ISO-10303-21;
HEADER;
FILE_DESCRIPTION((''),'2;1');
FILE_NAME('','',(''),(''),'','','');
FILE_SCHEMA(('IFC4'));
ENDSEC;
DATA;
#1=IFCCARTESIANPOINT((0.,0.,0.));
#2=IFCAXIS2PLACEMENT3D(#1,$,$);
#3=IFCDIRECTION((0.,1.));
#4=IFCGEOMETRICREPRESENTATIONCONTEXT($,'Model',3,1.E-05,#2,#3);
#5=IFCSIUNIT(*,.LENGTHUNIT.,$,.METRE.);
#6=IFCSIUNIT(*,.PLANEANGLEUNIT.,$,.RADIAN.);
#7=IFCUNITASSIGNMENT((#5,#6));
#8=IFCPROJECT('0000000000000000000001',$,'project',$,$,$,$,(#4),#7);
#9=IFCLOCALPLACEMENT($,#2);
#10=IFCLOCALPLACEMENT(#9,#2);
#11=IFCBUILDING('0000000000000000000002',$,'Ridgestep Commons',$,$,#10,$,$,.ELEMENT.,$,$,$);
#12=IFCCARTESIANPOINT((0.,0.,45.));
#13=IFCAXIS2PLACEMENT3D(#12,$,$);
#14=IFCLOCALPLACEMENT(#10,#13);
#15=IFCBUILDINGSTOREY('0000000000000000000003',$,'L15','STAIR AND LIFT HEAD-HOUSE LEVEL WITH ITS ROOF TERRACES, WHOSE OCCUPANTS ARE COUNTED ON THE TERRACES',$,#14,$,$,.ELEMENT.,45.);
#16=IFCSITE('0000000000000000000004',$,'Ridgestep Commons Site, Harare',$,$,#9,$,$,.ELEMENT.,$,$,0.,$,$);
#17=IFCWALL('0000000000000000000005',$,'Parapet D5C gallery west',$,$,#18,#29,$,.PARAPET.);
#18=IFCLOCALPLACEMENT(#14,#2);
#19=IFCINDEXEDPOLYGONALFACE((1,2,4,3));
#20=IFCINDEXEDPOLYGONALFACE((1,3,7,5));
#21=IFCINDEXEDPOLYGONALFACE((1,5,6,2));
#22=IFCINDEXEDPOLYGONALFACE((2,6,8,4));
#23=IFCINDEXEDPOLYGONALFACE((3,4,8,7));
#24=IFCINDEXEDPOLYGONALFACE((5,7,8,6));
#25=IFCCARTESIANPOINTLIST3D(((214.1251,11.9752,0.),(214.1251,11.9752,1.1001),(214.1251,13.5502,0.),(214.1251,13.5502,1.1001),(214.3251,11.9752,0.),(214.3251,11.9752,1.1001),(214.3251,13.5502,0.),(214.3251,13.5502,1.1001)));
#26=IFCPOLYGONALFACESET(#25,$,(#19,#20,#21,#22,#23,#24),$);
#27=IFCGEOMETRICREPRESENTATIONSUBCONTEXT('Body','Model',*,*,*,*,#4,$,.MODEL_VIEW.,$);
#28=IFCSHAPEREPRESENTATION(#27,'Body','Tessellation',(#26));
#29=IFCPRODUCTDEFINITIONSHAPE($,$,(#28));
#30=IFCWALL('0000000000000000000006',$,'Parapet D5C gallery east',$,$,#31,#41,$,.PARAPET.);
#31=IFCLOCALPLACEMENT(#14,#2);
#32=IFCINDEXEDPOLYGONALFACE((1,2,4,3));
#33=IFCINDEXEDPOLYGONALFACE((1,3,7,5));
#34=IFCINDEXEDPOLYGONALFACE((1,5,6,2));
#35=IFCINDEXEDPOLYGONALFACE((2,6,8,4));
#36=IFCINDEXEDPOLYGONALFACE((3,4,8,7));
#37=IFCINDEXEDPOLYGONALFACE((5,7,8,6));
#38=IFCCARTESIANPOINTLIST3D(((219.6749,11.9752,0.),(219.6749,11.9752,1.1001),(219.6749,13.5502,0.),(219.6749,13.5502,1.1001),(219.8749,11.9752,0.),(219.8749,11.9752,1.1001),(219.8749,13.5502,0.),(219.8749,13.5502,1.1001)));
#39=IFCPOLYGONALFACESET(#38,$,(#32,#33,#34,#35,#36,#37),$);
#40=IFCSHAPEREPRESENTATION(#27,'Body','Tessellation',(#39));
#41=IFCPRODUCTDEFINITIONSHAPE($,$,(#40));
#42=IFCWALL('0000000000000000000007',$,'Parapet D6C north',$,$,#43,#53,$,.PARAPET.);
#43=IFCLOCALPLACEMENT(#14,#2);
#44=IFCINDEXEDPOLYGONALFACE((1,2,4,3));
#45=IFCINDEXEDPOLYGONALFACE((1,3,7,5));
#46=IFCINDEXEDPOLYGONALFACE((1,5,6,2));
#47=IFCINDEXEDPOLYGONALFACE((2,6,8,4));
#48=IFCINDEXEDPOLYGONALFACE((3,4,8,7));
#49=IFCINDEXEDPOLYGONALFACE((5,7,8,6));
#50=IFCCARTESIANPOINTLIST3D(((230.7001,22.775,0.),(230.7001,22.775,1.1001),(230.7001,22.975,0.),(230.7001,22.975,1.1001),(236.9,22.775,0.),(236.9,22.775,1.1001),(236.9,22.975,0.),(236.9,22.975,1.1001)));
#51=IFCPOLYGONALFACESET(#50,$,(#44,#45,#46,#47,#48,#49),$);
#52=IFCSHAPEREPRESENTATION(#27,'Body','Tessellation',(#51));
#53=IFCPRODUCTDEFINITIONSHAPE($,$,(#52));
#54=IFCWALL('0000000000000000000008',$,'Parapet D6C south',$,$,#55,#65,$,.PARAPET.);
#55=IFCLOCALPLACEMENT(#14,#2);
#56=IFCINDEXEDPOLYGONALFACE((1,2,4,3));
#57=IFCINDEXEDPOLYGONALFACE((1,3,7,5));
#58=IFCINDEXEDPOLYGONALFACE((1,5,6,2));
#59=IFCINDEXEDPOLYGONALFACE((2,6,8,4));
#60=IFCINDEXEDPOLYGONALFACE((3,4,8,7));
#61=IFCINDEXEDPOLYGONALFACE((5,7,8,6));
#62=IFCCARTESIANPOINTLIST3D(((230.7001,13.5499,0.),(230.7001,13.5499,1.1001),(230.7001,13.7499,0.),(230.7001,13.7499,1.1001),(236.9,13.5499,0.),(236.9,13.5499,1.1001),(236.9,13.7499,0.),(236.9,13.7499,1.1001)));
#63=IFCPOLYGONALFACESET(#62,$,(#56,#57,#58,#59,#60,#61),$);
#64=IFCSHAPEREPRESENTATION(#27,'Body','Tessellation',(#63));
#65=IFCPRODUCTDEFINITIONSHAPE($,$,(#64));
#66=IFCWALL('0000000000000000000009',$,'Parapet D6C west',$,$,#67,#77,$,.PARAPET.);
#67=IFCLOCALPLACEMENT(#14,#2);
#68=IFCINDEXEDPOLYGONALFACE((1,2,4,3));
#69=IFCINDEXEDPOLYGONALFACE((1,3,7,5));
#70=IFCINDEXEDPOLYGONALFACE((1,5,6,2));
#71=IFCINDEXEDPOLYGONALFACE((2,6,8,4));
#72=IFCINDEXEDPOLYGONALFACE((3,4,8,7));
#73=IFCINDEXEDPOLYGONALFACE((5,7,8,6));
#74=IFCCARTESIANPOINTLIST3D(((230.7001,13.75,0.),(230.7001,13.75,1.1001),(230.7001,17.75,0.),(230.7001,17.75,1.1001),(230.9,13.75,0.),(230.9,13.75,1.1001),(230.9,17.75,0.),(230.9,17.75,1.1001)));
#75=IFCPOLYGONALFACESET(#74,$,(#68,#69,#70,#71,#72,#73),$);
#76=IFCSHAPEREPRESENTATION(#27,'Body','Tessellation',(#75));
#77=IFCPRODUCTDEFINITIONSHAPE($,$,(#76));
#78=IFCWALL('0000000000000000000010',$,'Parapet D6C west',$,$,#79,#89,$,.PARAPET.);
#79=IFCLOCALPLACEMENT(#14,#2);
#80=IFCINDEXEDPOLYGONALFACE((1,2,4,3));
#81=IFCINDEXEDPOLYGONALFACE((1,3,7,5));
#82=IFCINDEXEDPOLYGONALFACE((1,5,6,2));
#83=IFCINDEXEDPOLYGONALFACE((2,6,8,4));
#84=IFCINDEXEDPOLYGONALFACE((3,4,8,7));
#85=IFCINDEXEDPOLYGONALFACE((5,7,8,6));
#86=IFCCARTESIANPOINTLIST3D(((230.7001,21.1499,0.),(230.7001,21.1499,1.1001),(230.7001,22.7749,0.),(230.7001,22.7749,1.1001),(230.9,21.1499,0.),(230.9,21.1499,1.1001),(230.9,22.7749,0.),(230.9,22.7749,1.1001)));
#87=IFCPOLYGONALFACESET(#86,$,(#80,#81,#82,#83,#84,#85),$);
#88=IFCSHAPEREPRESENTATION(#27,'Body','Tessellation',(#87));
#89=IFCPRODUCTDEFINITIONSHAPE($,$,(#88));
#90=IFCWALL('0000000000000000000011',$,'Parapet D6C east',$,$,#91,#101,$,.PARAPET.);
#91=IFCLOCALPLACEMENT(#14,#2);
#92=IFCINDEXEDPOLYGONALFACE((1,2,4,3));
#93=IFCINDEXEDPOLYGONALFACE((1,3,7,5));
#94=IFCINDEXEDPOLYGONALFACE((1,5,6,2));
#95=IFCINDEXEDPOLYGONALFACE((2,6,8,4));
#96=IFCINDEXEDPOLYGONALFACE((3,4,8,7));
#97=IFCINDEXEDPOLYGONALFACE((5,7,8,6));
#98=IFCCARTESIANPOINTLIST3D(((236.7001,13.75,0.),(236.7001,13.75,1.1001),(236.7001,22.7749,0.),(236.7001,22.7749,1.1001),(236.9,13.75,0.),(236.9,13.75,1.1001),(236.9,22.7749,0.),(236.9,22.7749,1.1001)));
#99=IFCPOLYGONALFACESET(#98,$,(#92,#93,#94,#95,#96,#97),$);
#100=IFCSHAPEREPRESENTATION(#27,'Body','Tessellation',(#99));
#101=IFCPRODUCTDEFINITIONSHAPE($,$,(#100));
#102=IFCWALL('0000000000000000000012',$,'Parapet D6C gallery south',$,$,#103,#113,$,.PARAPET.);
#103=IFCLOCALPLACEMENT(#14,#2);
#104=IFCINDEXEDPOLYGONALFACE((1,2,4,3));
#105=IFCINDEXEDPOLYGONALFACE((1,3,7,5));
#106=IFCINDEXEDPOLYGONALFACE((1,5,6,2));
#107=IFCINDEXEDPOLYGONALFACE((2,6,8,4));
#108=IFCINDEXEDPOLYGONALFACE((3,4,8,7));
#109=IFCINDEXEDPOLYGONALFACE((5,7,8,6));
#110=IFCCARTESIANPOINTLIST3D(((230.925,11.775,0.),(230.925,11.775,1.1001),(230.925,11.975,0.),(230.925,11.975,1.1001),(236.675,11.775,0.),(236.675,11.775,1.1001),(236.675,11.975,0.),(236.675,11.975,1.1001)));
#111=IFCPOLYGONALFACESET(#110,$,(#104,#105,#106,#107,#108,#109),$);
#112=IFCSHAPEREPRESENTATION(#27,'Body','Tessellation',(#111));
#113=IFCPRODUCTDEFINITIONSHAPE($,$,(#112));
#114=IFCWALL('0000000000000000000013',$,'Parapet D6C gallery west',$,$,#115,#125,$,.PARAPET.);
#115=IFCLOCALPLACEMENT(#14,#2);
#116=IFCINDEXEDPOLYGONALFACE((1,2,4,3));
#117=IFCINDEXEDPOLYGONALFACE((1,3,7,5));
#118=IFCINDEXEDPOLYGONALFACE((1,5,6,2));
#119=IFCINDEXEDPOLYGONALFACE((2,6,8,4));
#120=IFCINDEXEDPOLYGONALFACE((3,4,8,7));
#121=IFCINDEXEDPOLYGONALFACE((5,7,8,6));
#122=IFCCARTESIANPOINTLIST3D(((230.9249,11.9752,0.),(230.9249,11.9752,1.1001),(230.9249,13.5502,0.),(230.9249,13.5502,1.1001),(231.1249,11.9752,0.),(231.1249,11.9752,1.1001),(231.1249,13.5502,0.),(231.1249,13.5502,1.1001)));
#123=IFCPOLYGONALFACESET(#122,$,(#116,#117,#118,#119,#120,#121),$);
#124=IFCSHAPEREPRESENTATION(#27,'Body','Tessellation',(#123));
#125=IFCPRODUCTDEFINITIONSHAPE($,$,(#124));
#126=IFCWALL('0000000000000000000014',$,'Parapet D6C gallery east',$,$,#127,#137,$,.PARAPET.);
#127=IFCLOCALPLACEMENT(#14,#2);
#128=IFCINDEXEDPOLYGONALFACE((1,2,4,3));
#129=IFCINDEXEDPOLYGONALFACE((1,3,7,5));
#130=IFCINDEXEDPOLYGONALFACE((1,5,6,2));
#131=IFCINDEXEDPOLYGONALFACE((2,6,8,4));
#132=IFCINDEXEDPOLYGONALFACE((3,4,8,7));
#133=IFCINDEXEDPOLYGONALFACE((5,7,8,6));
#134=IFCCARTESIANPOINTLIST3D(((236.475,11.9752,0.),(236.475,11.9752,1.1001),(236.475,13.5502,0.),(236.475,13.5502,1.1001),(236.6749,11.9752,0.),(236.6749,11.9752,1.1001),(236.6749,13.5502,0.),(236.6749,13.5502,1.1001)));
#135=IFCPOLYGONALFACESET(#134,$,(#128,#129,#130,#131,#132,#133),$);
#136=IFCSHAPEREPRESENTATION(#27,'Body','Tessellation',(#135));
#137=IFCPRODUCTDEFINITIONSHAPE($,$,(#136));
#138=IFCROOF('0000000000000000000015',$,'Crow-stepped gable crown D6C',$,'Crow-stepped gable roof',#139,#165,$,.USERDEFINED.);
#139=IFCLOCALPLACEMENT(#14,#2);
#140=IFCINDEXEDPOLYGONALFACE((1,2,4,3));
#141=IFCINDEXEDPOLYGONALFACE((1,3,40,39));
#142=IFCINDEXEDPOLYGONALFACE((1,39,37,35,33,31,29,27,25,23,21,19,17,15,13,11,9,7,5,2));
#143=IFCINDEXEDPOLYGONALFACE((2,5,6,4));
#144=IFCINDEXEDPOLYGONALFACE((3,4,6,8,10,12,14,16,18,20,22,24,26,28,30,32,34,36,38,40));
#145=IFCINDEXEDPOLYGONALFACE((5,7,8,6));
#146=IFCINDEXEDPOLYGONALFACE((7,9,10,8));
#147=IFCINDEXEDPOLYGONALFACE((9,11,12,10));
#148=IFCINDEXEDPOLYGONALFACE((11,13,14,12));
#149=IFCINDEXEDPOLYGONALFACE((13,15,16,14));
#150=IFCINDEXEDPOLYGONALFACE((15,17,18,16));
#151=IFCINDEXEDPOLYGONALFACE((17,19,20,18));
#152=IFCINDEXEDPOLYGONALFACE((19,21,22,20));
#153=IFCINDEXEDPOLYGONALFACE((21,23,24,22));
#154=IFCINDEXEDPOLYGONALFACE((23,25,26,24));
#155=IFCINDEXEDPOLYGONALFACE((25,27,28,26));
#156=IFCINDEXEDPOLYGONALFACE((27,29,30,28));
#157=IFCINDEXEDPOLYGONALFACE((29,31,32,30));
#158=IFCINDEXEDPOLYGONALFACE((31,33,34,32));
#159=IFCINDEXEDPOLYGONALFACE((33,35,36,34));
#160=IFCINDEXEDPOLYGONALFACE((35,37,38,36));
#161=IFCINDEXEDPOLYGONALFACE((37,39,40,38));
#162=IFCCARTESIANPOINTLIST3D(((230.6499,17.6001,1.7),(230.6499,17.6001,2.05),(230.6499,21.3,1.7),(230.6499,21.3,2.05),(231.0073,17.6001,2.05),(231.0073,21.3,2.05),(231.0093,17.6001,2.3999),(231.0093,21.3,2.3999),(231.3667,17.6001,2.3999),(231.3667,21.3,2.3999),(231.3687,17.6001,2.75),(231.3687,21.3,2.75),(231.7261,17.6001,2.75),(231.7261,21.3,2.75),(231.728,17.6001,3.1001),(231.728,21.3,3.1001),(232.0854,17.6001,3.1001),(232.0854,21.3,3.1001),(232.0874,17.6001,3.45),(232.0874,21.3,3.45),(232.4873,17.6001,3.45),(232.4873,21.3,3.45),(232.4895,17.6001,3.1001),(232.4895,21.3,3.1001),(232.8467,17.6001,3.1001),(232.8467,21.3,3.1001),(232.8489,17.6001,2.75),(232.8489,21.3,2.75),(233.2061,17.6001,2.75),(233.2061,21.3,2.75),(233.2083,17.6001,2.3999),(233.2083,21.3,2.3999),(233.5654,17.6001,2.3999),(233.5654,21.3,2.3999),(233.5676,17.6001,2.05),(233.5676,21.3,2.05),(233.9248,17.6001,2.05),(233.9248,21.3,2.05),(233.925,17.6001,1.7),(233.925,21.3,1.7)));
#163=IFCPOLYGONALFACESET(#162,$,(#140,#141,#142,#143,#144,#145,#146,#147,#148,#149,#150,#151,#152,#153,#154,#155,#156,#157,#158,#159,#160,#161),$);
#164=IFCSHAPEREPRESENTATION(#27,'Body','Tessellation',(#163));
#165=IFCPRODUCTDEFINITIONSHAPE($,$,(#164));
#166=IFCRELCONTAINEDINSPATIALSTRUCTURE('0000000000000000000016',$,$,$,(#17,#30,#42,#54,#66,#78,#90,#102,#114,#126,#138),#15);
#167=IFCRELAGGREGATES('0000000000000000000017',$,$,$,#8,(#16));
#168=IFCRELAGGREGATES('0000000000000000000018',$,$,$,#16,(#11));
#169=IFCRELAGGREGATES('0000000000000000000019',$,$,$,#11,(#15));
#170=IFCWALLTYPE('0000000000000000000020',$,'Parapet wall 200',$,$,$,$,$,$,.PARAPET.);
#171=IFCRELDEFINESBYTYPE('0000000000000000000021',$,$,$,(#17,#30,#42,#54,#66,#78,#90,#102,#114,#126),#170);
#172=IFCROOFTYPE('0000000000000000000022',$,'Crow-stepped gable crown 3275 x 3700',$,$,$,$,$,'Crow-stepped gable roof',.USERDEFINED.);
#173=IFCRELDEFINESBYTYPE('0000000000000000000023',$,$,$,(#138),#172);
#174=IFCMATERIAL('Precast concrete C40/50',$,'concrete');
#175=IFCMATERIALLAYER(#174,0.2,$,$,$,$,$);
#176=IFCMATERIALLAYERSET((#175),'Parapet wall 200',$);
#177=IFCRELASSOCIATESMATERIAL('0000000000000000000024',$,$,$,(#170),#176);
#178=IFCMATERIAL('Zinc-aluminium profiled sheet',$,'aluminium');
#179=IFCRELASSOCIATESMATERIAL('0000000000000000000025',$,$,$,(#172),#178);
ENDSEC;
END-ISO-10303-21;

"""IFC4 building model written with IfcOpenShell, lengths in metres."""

from ifc_helpers import new_model, si_unit, direction, frame, frame_2d, origin, place, context, subcontext, project, spatial, polyline, rectangle, outline, extrude, material, layer, layer_set, type_object, element, save


model = new_model("IFC4")

# Units and contexts
model_context = context("Model", 3, precision=1e-05, world=origin(), true_north=direction((0.0, 1.0)))
body_context = subcontext(model_context, "Body", "Model", "MODEL_VIEW")
ifc_project = project(units=[si_unit("LENGTHUNIT", "METRE"), si_unit("PLANEANGLEUNIT", "RADIAN")], contexts=[model_context])

# Site, building, storey
site_placement = place(None, origin())
site = spatial("IfcSite", under=ifc_project, at=site_placement, Name="Ridgestep Commons Site, Harare", CompositionType="ELEMENT", RefElevation=0.0)
building_placement = place(site_placement, origin())
building = spatial("IfcBuilding", under=site, at=building_placement, Name="Ridgestep Commons", CompositionType="ELEMENT")
storey_placement = place(building_placement, frame((0.0, 0.0, 45.0)))
storey = spatial("IfcBuildingStorey", under=building, at=storey_placement, Name="L15", Description="STAIR AND LIFT HEAD-HOUSE LEVEL WITH ITS ROOF TERRACES, WHOSE OCCUPANTS ARE COUNTED ON THE TERRACES", CompositionType="ELEMENT", Elevation=45.0)

# Walls
ifc_material_1 = material(Name="Precast concrete C40/50", Category="concrete")
ifc_layer_1 = layer(ifc_material_1, 0.2)
ifc_layer_set_1 = layer_set([ifc_layer_1], Name="Parapet wall 200")
wall_type_1 = type_object("IfcWallType", Name="Parapet wall 200", PredefinedType="PARAPET", material=ifc_layer_set_1)
for number, where, z_axis, x_axis, name in (
    (1, (214.2251, 11.9751, 0.0), (0.0, 0.0, 1.0), (0.0, 1.0, 0.0), "Parapet D5C gallery west"),
    (2, (219.7749, 11.9751, 0.0), (0.0, 0.0, 1.0), (0.0, 1.0, 0.0), "Parapet D5C gallery east"),
):
    element("IfcWall", number, at=place(storey_placement, frame(where, z_axis=z_axis, x_axis=x_axis)), inside=storey, type_object=wall_type_1, Name=name, PredefinedType="PARAPET", context=body_context, shape_type="SweptSolid", body=[
        extrude(rectangle(XDim=1.575, YDim=0.2, at=frame_2d((0.7876, 0.0))), origin(), (0.0, 0.0, 1.0), 1.1001),
    ])
for number, where, z_axis, x_axis, name in (
    (3, (230.7, 22.875, 0.0), (0.0, 0.0, 1.0), (1.0, 0.0, 0.0), "Parapet D6C north"),
    (4, (230.7, 13.6499, 0.0), (0.0, 0.0, 1.0), (1.0, 0.0, 0.0), "Parapet D6C south"),
):
    element("IfcWall", number, at=place(storey_placement, frame(where, z_axis=z_axis, x_axis=x_axis)), inside=storey, type_object=wall_type_1, Name=name, PredefinedType="PARAPET", context=body_context, shape_type="SweptSolid", body=[
        extrude(rectangle(XDim=6.2, YDim=0.2, at=frame_2d((3.1001, 0.0))), origin(), (0.0, 0.0, 1.0), 1.1001),
    ])
wall_1_placement = place(storey_placement, frame((230.8, 13.75, 0.0), z_axis=(0.0, 0.0, 1.0), x_axis=(0.0, 1.0, 0.0)))
element("IfcWall", 5, at=wall_1_placement, inside=storey, type_object=wall_type_1, Name="Parapet D6C west", PredefinedType="PARAPET", context=body_context, shape_type="SweptSolid", body=[
    extrude(rectangle(XDim=4.0, YDim=0.2, at=frame_2d((2.0, 0.0))), origin(), (0.0, 0.0, 1.0), 1.1001),
])
wall_2_placement = place(storey_placement, frame((230.8, 21.1499, 0.0), z_axis=(0.0, 0.0, 1.0), x_axis=(0.0, 1.0, 0.0)))
element("IfcWall", 6, at=wall_2_placement, inside=storey, type_object=wall_type_1, Name="Parapet D6C west", PredefinedType="PARAPET", context=body_context, shape_type="SweptSolid", body=[
    extrude(rectangle(XDim=1.625, YDim=0.2, at=frame_2d((0.8125, 0.0))), origin(), (0.0, 0.0, 1.0), 1.1001),
])
wall_3_placement = place(storey_placement, frame((236.8, 13.75, 0.0), z_axis=(0.0, 0.0, 1.0), x_axis=(0.0, 1.0, 0.0)))
element("IfcWall", 7, at=wall_3_placement, inside=storey, type_object=wall_type_1, Name="Parapet D6C east", PredefinedType="PARAPET", context=body_context, shape_type="SweptSolid", body=[
    extrude(rectangle(XDim=9.0249, YDim=0.2, at=frame_2d((4.5125, 0.0))), origin(), (0.0, 0.0, 1.0), 1.1001),
])
wall_4_placement = place(storey_placement, frame((230.925, 11.875, 0.0), z_axis=(0.0, 0.0, 1.0), x_axis=(1.0, 0.0, 0.0)))
element("IfcWall", 8, at=wall_4_placement, inside=storey, type_object=wall_type_1, Name="Parapet D6C gallery south", PredefinedType="PARAPET", context=body_context, shape_type="SweptSolid", body=[
    extrude(rectangle(XDim=5.75, YDim=0.2, at=frame_2d((2.875, 0.0))), origin(), (0.0, 0.0, 1.0), 1.1001),
])
for number, where, z_axis, x_axis, name in (
    (9, (231.0249, 11.9751, 0.0), (0.0, 0.0, 1.0), (0.0, 1.0, 0.0), "Parapet D6C gallery west"),
    (10, (236.575, 11.9751, 0.0), (0.0, 0.0, 1.0), (0.0, 1.0, 0.0), "Parapet D6C gallery east"),
):
    element("IfcWall", number, at=place(storey_placement, frame(where, z_axis=z_axis, x_axis=x_axis)), inside=storey, type_object=wall_type_1, Name=name, PredefinedType="PARAPET", context=body_context, shape_type="SweptSolid", body=[
        extrude(rectangle(XDim=1.575, YDim=0.2, at=frame_2d((0.7876, 0.0))), origin(), (0.0, 0.0, 1.0), 1.1001),
    ])

# Roof
ifc_material_2 = material(Name="Zinc-aluminium profiled sheet", Category="aluminium")
roof_type = type_object("IfcRoofType", Name="Crow-stepped gable crown 3275 x 3700", ElementType="Crow-stepped gable roof", PredefinedType="USERDEFINED", material=ifc_material_2)
roof_placement = place(storey_placement, frame((230.6499, 19.45, 1.7), z_axis=(0.0, 0.0, 1.0), x_axis=(1.0, 0.0, 0.0)))
element("IfcRoof", 11, at=roof_placement, inside=storey, type_object=roof_type, Name="Crow-stepped gable crown D6C", ObjectType="Crow-stepped gable roof", PredefinedType="USERDEFINED", context=body_context, shape_type="SweptSolid", body=[
    extrude(outline(polyline([(0.0, 0.0), (3.2751, 0.0), (3.2749, 0.3501), (2.9177, 0.3501), (2.9155, 0.7), (2.5583, 0.7), (2.5562, 1.05), (2.199, 1.05), (2.1968, 1.4001), (1.8396, 1.4001), (1.8374, 1.75), (1.4375, 1.75), (1.4355, 1.4001), (1.0781, 1.4001), (1.0762, 1.05), (0.7188, 1.05), (0.7168, 0.7), (0.3594, 0.7), (0.3574, 0.3501), (0.0, 0.3501), (0.0, 0.0)])), frame((0.0, 1.8501, 0.0), z_axis=(0.0, -1.0, 0.0), x_axis=(1.0, 0.0, 0.0)), (0.0, 0.0, 1.0), 3.7),
])

save(model, "model.ifc")
